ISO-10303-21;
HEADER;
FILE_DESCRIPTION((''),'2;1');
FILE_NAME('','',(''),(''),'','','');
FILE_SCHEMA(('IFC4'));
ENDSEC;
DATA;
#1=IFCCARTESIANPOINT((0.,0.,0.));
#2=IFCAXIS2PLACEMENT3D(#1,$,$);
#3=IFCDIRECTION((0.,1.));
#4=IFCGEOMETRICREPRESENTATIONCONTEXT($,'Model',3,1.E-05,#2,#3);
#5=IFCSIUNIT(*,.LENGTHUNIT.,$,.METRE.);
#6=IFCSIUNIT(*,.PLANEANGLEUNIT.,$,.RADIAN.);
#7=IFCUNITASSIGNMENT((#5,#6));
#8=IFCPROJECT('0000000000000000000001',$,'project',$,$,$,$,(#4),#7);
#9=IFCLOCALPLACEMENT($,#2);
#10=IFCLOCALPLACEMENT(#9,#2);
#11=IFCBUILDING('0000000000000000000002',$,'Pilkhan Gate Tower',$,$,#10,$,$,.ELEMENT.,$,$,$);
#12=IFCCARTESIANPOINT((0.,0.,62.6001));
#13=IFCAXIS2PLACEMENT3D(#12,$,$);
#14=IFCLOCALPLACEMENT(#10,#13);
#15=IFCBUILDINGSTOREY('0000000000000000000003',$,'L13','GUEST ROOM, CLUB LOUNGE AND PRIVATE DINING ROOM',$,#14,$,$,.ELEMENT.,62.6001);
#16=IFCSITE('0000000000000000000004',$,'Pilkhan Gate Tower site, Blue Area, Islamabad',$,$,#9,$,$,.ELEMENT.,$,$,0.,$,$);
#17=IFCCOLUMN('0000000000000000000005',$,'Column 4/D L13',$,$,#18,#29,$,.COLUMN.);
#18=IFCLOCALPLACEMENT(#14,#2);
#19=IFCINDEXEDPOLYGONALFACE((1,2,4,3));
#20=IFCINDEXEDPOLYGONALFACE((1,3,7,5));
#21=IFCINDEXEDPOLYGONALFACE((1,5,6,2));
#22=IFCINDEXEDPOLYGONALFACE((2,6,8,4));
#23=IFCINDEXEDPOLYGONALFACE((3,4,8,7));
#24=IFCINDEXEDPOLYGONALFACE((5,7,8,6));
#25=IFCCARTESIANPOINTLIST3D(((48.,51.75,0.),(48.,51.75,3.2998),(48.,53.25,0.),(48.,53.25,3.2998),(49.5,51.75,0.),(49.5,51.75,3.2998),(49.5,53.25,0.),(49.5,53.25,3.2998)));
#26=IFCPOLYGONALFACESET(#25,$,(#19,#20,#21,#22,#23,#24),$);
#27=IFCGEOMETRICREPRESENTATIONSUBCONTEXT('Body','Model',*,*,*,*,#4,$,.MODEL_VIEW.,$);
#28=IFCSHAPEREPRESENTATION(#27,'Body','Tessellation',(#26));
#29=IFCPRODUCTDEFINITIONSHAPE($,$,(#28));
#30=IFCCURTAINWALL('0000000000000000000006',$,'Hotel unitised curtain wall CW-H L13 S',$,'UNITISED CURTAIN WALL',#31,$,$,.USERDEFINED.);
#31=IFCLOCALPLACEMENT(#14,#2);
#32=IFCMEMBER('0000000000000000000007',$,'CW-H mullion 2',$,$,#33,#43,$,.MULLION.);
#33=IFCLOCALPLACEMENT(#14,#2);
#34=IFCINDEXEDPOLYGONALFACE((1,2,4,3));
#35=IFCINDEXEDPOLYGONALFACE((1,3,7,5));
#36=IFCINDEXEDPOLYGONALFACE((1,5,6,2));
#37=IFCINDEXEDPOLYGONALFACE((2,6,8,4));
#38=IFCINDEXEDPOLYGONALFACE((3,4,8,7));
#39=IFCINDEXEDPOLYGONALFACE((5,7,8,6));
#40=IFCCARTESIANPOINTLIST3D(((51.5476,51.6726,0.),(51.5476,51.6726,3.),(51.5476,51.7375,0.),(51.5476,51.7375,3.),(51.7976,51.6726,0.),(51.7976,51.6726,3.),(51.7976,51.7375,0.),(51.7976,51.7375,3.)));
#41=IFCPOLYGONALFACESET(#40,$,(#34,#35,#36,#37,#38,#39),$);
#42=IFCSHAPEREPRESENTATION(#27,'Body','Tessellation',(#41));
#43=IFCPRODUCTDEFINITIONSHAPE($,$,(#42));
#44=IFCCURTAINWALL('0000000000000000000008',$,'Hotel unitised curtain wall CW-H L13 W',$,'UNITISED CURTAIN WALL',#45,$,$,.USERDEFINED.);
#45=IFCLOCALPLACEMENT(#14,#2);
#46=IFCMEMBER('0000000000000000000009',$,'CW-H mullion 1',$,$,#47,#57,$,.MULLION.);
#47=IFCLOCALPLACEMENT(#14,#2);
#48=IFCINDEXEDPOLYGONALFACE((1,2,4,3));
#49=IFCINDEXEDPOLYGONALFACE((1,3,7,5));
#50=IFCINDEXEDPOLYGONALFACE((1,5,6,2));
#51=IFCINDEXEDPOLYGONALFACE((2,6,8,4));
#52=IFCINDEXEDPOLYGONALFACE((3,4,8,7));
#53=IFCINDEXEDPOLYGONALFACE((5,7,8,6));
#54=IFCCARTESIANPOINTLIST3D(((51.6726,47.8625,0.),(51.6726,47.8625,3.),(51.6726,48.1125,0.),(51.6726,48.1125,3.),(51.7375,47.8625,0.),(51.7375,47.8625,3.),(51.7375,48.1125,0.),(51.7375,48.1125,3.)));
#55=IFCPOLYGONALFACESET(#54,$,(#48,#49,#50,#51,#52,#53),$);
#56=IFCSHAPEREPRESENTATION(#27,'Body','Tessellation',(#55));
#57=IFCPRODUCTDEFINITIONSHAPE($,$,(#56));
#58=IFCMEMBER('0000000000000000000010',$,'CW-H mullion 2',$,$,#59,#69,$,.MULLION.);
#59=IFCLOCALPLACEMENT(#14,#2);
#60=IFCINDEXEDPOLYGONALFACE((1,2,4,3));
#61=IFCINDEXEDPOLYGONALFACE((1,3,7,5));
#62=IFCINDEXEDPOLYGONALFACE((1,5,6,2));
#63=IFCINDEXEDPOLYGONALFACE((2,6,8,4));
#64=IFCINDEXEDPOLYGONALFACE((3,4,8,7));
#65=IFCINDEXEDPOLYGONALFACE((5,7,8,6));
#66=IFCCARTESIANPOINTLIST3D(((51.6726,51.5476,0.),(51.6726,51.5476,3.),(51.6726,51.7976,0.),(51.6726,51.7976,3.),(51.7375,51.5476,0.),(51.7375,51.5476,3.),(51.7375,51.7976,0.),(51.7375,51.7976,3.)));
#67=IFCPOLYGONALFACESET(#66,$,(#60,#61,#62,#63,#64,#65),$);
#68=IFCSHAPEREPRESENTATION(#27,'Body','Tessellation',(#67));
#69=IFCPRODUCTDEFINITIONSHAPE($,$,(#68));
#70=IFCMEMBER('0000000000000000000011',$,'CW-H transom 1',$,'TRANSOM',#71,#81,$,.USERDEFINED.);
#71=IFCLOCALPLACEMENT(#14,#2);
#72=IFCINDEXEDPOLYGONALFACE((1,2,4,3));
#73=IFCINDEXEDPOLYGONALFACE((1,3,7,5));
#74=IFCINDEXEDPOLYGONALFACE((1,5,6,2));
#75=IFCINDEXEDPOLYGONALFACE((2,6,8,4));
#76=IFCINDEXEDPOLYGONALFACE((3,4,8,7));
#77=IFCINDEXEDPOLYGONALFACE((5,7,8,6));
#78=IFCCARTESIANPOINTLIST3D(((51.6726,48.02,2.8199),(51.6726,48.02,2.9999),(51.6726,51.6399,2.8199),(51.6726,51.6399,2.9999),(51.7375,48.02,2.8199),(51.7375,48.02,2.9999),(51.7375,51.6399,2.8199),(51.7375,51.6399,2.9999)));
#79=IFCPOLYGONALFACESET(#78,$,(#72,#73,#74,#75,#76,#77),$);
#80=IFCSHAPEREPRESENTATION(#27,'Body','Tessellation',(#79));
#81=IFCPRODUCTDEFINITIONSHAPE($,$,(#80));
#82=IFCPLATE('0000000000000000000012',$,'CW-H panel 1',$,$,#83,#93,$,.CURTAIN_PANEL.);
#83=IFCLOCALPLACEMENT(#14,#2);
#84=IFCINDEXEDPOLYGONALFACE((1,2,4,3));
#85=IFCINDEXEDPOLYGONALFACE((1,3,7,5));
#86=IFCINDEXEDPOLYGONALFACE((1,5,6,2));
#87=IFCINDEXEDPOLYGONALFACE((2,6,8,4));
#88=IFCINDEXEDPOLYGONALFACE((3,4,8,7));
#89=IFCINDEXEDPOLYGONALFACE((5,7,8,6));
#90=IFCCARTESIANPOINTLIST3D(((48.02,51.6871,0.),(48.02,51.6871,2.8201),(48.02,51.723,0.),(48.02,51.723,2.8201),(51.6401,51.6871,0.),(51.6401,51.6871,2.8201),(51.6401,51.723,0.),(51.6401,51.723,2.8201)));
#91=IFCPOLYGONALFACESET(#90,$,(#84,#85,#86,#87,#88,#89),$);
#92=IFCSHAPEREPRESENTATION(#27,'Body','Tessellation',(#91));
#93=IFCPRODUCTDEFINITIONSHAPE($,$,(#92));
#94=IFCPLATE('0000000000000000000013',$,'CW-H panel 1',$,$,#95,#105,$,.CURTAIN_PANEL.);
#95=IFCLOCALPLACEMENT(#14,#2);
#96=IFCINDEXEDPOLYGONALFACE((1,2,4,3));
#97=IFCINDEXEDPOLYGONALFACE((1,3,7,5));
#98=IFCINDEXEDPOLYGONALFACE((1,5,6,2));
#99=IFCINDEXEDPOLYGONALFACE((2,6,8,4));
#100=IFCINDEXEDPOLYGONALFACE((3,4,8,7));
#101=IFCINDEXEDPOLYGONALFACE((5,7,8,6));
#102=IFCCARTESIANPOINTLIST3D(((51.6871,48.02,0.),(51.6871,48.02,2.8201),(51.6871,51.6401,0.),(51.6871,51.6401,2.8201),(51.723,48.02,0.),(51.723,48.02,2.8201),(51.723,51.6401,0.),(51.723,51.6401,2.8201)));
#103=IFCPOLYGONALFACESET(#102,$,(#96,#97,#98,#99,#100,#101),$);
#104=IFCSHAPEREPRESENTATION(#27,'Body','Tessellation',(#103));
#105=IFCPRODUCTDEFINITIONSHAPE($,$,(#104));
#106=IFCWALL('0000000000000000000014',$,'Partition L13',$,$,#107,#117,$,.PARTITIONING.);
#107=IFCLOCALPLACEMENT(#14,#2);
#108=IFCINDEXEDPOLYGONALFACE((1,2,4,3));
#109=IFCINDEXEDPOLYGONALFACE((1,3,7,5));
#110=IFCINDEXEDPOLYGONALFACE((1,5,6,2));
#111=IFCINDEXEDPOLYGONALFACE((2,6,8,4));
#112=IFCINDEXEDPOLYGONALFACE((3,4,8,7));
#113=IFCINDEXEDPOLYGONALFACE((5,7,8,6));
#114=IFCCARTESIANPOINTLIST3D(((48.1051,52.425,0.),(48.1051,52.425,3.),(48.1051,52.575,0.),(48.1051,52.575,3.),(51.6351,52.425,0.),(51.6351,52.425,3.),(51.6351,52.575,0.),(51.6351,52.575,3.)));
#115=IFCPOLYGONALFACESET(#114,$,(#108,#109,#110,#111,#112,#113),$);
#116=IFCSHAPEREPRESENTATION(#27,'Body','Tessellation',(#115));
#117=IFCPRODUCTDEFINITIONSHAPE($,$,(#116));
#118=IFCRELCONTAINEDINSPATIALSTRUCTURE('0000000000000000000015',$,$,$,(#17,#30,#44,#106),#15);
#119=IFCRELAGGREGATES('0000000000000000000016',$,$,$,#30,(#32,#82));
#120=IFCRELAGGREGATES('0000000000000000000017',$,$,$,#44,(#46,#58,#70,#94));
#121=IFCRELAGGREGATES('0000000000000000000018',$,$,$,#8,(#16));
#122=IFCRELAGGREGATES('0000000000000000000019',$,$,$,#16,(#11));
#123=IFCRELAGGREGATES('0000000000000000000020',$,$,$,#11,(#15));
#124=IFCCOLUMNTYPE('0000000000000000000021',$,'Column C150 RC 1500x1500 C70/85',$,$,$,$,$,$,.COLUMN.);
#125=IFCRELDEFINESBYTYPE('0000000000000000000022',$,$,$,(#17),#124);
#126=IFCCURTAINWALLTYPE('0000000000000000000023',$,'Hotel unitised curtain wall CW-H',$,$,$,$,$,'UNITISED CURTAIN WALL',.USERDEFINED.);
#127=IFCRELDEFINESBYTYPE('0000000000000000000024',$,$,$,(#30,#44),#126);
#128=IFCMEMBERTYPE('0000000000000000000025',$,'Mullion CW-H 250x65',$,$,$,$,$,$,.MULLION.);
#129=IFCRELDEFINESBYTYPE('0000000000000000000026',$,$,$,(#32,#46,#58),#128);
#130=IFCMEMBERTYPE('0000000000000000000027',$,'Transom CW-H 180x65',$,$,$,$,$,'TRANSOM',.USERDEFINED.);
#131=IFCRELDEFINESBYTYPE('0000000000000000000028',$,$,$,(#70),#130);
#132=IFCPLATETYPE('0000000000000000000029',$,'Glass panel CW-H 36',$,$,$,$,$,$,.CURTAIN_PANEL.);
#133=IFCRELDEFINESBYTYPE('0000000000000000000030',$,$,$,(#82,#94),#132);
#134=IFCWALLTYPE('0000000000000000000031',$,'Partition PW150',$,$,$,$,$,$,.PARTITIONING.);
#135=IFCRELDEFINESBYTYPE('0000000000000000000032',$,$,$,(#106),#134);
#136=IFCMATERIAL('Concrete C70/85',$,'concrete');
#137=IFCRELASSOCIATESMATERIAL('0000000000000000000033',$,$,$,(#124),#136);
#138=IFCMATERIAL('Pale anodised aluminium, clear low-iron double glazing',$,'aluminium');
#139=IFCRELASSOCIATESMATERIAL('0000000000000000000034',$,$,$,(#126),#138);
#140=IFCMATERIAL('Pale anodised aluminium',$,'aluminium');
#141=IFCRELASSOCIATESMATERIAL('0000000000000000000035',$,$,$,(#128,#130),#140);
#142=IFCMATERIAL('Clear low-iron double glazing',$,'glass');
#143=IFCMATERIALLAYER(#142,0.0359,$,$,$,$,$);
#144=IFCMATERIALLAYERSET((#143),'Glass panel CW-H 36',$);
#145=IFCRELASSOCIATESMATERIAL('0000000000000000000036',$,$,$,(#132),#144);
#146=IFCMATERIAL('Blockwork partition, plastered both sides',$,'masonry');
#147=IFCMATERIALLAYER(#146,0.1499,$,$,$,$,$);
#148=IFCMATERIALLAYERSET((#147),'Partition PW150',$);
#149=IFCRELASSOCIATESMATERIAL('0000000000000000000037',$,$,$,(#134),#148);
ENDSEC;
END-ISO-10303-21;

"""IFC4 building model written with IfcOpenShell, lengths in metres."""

from ifc_helpers import new_model, si_unit, direction, frame, frame_2d, origin, origin_2d, place, context, subcontext, project, spatial, rectangle, extrude, material, layer, layer_set, material_profile, profile_set, type_object, element, aggregate, save


model = new_model("IFC4")

# Units and contexts
model_context = context("Model", 3, precision=1e-05, world=origin(), true_north=direction((0.0, 1.0)))
body_context = subcontext(model_context, "Body", "Model", "MODEL_VIEW")
ifc_project = project(units=[si_unit("LENGTHUNIT", "METRE"), si_unit("PLANEANGLEUNIT", "RADIAN")], contexts=[model_context])

# Site, building, storey
site_placement = place(None, origin())
site = spatial("IfcSite", under=ifc_project, at=site_placement, Name="Pilkhan Gate Tower site, Blue Area, Islamabad", CompositionType="ELEMENT", RefElevation=0.0)
building_placement = place(site_placement, origin())
building = spatial("IfcBuilding", under=site, at=building_placement, Name="Pilkhan Gate Tower", CompositionType="ELEMENT")
storey_placement = place(building_placement, frame((0.0, 0.0, 62.6001)))
storey = spatial("IfcBuildingStorey", under=building, at=storey_placement, Name="L13", Description="GUEST ROOM, CLUB LOUNGE AND PRIVATE DINING ROOM", CompositionType="ELEMENT", Elevation=62.6001)

# Column
ifc_material_1 = material(Name="Concrete C70/85", Category="concrete")
ifc_material_profile_1 = material_profile(ifc_material_1, rectangle(XDim=1.5, YDim=1.5, at=origin_2d()), Name="RC 1500x1500")
ifc_profile_set_1 = profile_set([ifc_material_profile_1], Name="Concrete C70/85")
column_type = type_object("IfcColumnType", Name="Column C150 RC 1500x1500 C70/85", PredefinedType="COLUMN", material=ifc_profile_set_1)
column_placement = place(storey_placement, frame((48.75, 52.5, 0.0), z_axis=(0.0, 0.0, 1.0), x_axis=(1.0, 0.0, 0.0)))
element("IfcColumn", 1, at=column_placement, inside=storey, type_object=column_type, Name="Column 4/D L13", PredefinedType="COLUMN", context=body_context, shape_type="SweptSolid", body=[
    extrude(rectangle(XDim=1.5, YDim=1.5, at=origin_2d()), origin(), (0.0, 0.0, 1.0), 3.2998),
])

# Curtain wall, member
ifc_material_2 = material(Name="Pale anodised aluminium, clear low-iron double glazing", Category="aluminium")
curtain_wall_type = type_object("IfcCurtainWallType", Name="Hotel unitised curtain wall CW-H", ElementType="UNITISED CURTAIN WALL", PredefinedType="USERDEFINED", material=ifc_material_2)
curtain_wall_1_placement = place(storey_placement, origin())
curtain_wall_1 = element("IfcCurtainWall", 2, at=curtain_wall_1_placement, inside=storey, type_object=curtain_wall_type, Name="Hotel unitised curtain wall CW-H L13 S", ObjectType="UNITISED CURTAIN WALL", PredefinedType="USERDEFINED")
ifc_material_3 = material(Name="Pale anodised aluminium", Category="aluminium")
ifc_material_profile_2 = material_profile(ifc_material_3, rectangle(XDim=0.0649, YDim=0.25, at=origin_2d()), Name="Mullion 250x65")
ifc_profile_set_2 = profile_set([ifc_material_profile_2], Name="Pale anodised aluminium")
member_type_1 = type_object("IfcMemberType", Name="Mullion CW-H 250x65", PredefinedType="MULLION", material=ifc_profile_set_2)
member_1_placement = place(storey_placement, frame((51.6726, 51.7051, 0.0), z_axis=(0.0, 0.0, 1.0), x_axis=(0.0, 1.0, 0.0)))
member_1 = element("IfcMember", 3, at=member_1_placement, type_object=member_type_1, Name="CW-H mullion 2", PredefinedType="MULLION", context=body_context, shape_type="SweptSolid", body=[
    extrude(rectangle(XDim=0.0649, YDim=0.25, at=origin_2d()), origin(), (0.0, 0.0, 1.0), 3.0),
])

# Curtain wall, members
curtain_wall_2_placement = place(storey_placement, origin())
curtain_wall_2 = element("IfcCurtainWall", 4, at=curtain_wall_2_placement, inside=storey, type_object=curtain_wall_type, Name="Hotel unitised curtain wall CW-H L13 W", ObjectType="UNITISED CURTAIN WALL", PredefinedType="USERDEFINED")
member_2_placement = place(storey_placement, frame((51.7051, 47.9875, 0.0), z_axis=(0.0, 0.0, 1.0), x_axis=(-1.0, 0.0, 0.0)))
member_2 = element("IfcMember", 5, at=member_2_placement, type_object=member_type_1, Name="CW-H mullion 1", PredefinedType="MULLION", context=body_context, shape_type="SweptSolid", body=[
    extrude(rectangle(XDim=0.0649, YDim=0.25, at=origin_2d()), origin(), (0.0, 0.0, 1.0), 3.0),
])
member_3_placement = place(storey_placement, frame((51.7051, 51.6726, 0.0), z_axis=(0.0, 0.0, 1.0), x_axis=(-1.0, 0.0, 0.0)))
member_3 = element("IfcMember", 6, at=member_3_placement, type_object=member_type_1, Name="CW-H mullion 2", PredefinedType="MULLION", context=body_context, shape_type="SweptSolid", body=[
    extrude(rectangle(XDim=0.0649, YDim=0.25, at=origin_2d()), origin(), (0.0, 0.0, 1.0), 3.0),
])
ifc_material_profile_3 = material_profile(ifc_material_3, rectangle(XDim=0.0649, YDim=0.1799, at=origin_2d()), Name="Transom 180x65")
ifc_profile_set_3 = profile_set([ifc_material_profile_3], Name="Pale anodised aluminium")
member_type_2 = type_object("IfcMemberType", Name="Transom CW-H 180x65", ElementType="TRANSOM", PredefinedType="USERDEFINED", material=ifc_profile_set_3)
member_4_placement = place(storey_placement, frame((51.7051, 48.02, 2.9099), z_axis=(0.0, 1.0, 0.0), x_axis=(-1.0, 0.0, 0.0)))
member_4 = element("IfcMember", 7, at=member_4_placement, type_object=member_type_2, Name="CW-H transom 1", ObjectType="TRANSOM", PredefinedType="USERDEFINED", context=body_context, shape_type="SweptSolid", body=[
    extrude(rectangle(XDim=0.0649, YDim=0.1799, at=origin_2d()), origin(), (0.0, 0.0, 1.0), 3.6199),
])

# Plates
ifc_material_4 = material(Name="Clear low-iron double glazing", Category="glass")
ifc_layer_1 = layer(ifc_material_4, 0.0359)
ifc_layer_set_1 = layer_set([ifc_layer_1], Name="Glass panel CW-H 36")
plate_type = type_object("IfcPlateType", Name="Glass panel CW-H 36", PredefinedType="CURTAIN_PANEL", material=ifc_layer_set_1)
plate_1_placement = place(storey_placement, frame((49.8301, 51.7051, 0.0), z_axis=(0.0, 0.0, 1.0), x_axis=(1.0, 0.0, 0.0)))
plate_1 = element("IfcPlate", 8, at=plate_1_placement, type_object=plate_type, Name="CW-H panel 1", PredefinedType="CURTAIN_PANEL", context=body_context, shape_type="SweptSolid", body=[
    extrude(rectangle(XDim=3.6201, YDim=0.0359, at=origin_2d()), origin(), (0.0, 0.0, 1.0), 2.8201),
])
aggregate(curtain_wall_1, [member_1, plate_1])
plate_2_placement = place(storey_placement, frame((51.7051, 49.8301, 0.0), z_axis=(0.0, 0.0, 1.0), x_axis=(0.0, 1.0, 0.0)))
plate_2 = element("IfcPlate", 9, at=plate_2_placement, type_object=plate_type, Name="CW-H panel 1", PredefinedType="CURTAIN_PANEL", context=body_context, shape_type="SweptSolid", body=[
    extrude(rectangle(XDim=3.6201, YDim=0.0359, at=origin_2d()), origin(), (0.0, 0.0, 1.0), 2.8201),
])
aggregate(curtain_wall_2, [member_2, member_3, member_4, plate_2])

# Wall
ifc_material_5 = material(Name="Blockwork partition, plastered both sides", Category="masonry")
ifc_layer_2 = layer(ifc_material_5, 0.1499)
ifc_layer_set_2 = layer_set([ifc_layer_2], Name="Partition PW150")
wall_type = type_object("IfcWallType", Name="Partition PW150", PredefinedType="PARTITIONING", material=ifc_layer_set_2)
wall_placement = place(storey_placement, frame((48.105, 52.5, 0.0), z_axis=(0.0, 0.0, 1.0), x_axis=(1.0, 0.0, 0.0)))
element("IfcWall", 10, at=wall_placement, inside=storey, type_object=wall_type, Name="Partition L13", PredefinedType="PARTITIONING", context=body_context, shape_type="SweptSolid", body=[
    extrude(rectangle(XDim=3.53, YDim=0.1499, at=frame_2d((1.7651, 0.0))), origin(), (0.0, 0.0, 1.0), 3.0),
])

save(model, "model.ifc")
